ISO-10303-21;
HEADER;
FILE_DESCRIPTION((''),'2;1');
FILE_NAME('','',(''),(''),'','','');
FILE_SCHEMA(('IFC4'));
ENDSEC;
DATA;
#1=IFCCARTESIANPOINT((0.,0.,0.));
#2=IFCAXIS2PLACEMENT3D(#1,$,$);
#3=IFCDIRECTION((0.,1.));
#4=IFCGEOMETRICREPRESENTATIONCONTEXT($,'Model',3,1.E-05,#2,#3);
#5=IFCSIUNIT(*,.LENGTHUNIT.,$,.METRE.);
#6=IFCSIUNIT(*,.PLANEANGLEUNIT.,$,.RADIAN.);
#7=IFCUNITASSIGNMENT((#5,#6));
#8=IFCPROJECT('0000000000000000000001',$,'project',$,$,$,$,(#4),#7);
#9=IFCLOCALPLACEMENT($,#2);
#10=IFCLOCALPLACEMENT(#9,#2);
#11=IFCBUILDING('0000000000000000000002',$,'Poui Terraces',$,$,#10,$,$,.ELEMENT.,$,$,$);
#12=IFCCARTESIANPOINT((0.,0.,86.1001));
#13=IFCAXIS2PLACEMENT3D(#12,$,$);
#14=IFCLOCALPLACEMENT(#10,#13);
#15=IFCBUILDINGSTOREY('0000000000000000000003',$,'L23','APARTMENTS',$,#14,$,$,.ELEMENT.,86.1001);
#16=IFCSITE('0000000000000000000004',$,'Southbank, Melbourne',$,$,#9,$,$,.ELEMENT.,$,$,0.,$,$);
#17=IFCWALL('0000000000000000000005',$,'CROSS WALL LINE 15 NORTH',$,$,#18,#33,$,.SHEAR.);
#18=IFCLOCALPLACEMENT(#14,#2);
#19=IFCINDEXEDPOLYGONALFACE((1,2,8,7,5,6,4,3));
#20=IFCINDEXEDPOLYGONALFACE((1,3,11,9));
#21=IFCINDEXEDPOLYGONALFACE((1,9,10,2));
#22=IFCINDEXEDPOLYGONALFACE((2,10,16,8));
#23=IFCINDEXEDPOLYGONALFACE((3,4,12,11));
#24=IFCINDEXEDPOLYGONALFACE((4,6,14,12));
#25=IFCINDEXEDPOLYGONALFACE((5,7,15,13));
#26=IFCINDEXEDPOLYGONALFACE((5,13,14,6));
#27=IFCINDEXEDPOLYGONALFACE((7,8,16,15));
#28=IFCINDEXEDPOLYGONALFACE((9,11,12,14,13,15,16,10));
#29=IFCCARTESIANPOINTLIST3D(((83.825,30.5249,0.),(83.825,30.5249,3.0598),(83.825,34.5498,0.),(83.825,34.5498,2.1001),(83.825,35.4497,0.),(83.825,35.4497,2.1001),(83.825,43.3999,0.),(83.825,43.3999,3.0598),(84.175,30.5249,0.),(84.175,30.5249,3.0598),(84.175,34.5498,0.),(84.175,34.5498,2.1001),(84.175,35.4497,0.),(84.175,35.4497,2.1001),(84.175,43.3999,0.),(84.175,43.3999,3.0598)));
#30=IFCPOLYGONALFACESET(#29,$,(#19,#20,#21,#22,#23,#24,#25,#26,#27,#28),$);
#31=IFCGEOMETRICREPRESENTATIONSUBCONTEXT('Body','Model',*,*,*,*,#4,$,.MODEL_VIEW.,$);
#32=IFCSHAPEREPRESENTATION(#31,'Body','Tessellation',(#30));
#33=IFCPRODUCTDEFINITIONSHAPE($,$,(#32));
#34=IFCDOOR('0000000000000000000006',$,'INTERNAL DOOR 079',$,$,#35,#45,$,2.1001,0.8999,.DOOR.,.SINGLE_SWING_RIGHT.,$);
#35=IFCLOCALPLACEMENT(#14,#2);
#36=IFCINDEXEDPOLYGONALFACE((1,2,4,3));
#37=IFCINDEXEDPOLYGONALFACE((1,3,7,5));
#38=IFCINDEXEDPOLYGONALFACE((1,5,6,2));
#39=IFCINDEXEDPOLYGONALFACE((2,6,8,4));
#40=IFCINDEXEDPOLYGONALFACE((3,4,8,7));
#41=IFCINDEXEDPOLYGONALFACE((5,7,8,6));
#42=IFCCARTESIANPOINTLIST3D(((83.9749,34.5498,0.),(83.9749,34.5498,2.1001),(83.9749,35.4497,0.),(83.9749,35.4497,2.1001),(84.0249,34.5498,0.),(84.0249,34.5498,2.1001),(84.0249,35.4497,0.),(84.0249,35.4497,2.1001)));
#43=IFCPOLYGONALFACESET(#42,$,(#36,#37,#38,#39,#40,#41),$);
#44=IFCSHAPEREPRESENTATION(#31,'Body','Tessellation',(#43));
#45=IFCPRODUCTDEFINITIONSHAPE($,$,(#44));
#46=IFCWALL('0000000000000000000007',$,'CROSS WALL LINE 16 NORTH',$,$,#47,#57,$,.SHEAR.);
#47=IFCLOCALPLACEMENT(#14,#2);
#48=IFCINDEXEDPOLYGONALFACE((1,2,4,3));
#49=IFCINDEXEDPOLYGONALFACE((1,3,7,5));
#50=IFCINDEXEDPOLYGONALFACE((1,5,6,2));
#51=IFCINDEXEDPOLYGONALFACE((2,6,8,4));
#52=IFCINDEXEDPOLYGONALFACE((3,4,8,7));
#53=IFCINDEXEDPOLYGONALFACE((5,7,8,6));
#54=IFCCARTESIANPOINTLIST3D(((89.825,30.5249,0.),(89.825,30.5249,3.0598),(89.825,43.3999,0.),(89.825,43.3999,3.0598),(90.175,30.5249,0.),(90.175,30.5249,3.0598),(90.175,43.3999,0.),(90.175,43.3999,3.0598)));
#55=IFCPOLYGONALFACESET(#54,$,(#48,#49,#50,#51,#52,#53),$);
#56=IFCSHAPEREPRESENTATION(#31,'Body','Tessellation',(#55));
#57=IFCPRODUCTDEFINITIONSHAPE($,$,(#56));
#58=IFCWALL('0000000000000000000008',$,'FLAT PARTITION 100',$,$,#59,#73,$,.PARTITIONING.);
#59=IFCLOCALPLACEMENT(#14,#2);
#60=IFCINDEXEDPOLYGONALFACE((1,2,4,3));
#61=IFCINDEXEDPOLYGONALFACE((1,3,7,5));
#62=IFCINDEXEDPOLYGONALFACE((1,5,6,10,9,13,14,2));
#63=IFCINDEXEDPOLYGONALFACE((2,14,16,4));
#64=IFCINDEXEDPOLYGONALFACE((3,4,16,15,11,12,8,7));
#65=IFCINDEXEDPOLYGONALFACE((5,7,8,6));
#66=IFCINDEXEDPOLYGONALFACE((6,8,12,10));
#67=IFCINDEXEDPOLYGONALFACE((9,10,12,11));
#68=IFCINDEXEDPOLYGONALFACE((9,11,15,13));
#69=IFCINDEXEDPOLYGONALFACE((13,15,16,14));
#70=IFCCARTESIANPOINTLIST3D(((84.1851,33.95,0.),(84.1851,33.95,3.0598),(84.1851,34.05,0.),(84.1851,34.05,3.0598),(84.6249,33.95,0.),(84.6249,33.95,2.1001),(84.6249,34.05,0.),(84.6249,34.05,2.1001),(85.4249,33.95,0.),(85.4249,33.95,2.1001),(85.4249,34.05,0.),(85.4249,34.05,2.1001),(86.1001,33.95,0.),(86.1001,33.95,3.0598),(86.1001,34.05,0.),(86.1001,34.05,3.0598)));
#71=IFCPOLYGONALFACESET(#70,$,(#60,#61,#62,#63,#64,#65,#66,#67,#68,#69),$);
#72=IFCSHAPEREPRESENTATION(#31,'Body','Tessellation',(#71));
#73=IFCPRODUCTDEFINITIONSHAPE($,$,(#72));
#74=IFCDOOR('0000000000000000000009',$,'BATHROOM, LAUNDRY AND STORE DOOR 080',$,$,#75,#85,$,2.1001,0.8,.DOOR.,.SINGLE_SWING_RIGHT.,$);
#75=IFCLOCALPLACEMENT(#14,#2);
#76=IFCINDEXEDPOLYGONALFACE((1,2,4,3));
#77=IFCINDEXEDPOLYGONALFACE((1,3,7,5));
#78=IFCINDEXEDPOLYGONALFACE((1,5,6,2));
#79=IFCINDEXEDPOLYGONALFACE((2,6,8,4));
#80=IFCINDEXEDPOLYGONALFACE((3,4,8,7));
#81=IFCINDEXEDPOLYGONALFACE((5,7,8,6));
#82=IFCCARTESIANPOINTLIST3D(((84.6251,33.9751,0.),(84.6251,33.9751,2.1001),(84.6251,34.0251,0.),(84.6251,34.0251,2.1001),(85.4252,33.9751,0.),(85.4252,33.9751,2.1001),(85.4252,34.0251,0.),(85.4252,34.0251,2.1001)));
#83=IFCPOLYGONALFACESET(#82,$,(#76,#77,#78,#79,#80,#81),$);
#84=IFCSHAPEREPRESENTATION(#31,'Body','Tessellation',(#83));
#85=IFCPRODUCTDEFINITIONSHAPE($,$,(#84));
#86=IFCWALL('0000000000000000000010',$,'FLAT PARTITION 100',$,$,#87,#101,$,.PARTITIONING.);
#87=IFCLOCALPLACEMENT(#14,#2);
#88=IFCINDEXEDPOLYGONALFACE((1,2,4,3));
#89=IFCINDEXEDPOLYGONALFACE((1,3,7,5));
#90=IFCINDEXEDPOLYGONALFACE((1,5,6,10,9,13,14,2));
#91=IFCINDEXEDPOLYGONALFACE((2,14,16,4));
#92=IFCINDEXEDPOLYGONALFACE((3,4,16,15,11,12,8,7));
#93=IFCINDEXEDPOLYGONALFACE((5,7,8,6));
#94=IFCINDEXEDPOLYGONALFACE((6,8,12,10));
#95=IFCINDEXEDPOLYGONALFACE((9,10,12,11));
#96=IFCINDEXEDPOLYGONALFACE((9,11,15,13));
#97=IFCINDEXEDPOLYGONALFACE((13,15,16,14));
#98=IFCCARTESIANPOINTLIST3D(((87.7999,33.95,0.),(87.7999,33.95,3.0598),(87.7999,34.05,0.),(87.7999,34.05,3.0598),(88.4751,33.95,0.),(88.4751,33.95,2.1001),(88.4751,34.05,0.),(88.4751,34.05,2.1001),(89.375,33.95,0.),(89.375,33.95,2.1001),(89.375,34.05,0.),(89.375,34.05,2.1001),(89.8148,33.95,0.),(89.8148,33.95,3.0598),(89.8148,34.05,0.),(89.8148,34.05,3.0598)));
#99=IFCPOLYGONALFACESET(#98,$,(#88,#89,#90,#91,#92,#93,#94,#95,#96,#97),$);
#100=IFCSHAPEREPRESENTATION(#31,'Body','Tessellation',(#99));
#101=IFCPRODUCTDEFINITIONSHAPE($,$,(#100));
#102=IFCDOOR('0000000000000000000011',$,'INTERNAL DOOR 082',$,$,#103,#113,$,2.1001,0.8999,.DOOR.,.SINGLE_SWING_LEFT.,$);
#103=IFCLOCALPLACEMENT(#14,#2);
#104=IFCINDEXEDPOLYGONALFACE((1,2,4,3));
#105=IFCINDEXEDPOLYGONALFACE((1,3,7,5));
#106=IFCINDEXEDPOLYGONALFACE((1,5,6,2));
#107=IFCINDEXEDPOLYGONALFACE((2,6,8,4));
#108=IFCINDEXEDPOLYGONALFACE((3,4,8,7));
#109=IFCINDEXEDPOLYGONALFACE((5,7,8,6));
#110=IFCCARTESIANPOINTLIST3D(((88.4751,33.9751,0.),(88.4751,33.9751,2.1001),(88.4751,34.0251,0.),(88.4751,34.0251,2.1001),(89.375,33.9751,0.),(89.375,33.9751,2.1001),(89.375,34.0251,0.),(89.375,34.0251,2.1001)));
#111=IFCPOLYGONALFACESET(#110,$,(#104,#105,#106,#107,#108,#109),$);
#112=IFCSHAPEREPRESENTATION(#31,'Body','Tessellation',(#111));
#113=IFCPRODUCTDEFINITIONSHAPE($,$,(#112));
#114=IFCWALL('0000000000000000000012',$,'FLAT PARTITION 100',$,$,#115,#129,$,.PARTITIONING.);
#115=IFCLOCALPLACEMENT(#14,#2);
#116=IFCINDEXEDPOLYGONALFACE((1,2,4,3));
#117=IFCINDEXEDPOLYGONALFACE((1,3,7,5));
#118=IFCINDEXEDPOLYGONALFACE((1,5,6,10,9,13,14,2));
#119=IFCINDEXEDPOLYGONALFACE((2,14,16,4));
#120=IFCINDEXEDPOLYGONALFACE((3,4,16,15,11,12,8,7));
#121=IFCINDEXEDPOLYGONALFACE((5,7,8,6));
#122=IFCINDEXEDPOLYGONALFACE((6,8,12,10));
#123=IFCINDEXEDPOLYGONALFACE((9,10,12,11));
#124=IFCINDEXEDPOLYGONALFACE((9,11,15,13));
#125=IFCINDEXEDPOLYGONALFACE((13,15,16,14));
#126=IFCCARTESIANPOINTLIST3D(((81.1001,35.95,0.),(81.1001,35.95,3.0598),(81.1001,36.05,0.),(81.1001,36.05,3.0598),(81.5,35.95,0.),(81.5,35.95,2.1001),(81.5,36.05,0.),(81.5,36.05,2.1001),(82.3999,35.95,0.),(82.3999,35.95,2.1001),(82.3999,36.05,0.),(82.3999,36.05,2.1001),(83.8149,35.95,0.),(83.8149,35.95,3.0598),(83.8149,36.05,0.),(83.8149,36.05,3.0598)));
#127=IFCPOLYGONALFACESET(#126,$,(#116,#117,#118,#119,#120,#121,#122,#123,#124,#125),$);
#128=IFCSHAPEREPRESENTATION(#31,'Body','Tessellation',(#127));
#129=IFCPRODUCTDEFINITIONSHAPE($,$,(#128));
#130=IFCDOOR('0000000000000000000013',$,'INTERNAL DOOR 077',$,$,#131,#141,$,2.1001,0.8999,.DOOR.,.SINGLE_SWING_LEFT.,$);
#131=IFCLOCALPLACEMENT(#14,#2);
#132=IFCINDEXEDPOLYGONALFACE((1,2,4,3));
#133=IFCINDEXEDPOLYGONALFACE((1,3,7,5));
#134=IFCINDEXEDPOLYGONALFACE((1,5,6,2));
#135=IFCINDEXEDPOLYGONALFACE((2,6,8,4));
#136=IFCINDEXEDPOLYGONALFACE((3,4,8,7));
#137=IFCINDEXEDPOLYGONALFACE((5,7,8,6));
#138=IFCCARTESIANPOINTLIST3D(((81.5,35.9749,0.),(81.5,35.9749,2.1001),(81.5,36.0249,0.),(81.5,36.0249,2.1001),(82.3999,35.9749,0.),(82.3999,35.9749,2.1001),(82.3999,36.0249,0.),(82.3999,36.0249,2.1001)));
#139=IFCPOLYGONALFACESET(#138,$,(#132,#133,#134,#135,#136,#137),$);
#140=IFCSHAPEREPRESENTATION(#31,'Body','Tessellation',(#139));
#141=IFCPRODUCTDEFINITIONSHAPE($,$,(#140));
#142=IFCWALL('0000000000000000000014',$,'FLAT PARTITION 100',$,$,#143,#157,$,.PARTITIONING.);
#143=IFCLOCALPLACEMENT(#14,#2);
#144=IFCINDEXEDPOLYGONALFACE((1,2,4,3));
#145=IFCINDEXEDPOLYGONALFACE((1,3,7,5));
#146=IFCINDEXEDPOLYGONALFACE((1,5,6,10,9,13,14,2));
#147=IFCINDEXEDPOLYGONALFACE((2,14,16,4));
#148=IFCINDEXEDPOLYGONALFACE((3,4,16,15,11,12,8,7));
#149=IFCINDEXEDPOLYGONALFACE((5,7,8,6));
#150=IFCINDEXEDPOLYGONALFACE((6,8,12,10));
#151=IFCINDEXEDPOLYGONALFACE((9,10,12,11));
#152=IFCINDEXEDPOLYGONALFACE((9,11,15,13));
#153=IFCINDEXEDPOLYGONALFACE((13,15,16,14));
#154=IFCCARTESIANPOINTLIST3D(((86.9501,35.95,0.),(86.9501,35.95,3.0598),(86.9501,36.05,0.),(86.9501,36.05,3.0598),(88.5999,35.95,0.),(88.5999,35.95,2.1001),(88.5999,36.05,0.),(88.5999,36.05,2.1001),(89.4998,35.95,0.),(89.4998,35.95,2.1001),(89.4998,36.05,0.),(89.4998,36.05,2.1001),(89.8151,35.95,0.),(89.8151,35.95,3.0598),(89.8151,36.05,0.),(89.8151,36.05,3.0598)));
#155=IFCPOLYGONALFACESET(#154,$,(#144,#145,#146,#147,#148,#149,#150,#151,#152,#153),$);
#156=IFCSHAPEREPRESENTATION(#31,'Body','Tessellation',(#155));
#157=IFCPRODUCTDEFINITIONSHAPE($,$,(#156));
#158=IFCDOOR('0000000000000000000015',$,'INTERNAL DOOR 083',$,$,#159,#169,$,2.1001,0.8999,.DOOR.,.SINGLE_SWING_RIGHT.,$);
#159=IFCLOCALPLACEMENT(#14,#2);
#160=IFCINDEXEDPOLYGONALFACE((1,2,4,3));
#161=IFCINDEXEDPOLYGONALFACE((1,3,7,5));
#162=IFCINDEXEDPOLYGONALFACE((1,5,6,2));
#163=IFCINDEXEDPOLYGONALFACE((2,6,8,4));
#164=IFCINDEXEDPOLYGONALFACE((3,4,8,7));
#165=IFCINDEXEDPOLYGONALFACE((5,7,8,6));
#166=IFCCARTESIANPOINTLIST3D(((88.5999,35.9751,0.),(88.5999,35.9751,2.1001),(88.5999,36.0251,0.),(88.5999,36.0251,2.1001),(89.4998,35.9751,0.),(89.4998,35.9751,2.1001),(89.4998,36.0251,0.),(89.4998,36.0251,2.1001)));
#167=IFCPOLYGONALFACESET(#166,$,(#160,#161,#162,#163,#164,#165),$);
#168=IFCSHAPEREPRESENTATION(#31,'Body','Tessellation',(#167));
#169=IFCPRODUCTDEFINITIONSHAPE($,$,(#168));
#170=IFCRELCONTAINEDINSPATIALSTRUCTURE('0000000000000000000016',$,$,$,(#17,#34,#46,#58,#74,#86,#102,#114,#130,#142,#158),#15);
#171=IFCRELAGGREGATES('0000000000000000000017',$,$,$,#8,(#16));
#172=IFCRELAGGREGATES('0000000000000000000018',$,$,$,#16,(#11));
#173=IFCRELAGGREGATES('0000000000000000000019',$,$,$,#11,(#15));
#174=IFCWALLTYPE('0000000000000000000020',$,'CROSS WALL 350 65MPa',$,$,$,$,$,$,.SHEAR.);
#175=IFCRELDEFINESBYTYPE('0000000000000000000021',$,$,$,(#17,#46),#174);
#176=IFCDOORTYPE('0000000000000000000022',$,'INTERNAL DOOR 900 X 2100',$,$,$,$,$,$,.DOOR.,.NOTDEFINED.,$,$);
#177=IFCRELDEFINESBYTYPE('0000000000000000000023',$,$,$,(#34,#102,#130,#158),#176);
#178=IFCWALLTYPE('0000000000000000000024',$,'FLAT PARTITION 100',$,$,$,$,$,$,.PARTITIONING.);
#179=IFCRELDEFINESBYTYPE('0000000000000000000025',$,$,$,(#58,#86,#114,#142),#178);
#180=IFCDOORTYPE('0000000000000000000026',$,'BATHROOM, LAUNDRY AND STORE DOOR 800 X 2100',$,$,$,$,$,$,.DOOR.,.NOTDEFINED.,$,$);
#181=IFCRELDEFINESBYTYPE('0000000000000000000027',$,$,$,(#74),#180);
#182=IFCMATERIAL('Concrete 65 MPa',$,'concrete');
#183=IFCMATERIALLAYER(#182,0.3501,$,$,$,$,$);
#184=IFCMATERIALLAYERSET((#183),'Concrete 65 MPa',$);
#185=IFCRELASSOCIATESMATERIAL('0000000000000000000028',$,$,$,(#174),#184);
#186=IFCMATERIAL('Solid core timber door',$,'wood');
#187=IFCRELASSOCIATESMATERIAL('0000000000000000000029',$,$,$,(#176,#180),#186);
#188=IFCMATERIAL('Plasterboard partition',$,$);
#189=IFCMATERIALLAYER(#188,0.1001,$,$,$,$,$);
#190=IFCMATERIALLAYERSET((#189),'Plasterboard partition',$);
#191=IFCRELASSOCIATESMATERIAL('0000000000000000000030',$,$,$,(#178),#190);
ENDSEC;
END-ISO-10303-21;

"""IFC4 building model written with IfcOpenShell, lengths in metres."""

from ifc_helpers import new_model, si_unit, direction, frame, frame_2d, origin, place, context, subcontext, project, spatial, rectangle, extrude, material, layer, layer_set, type_object, element, fill, save


model = new_model("IFC4")

# Units and contexts
model_context = context("Model", 3, precision=1e-05, world=origin(), true_north=direction((0.0, 1.0)))
body_context = subcontext(model_context, "Body", "Model", "MODEL_VIEW")
ifc_project = project(units=[si_unit("LENGTHUNIT", "METRE"), si_unit("PLANEANGLEUNIT", "RADIAN")], contexts=[model_context])

# Site, building, storey
site_placement = place(None, origin())
site = spatial("IfcSite", under=ifc_project, at=site_placement, Name="Southbank, Melbourne", CompositionType="ELEMENT", RefElevation=0.0)
building_placement = place(site_placement, origin())
building = spatial("IfcBuilding", under=site, at=building_placement, Name="Poui Terraces", CompositionType="ELEMENT")
storey_placement = place(building_placement, frame((0.0, 0.0, 86.1001)))
storey = spatial("IfcBuildingStorey", under=building, at=storey_placement, Name="L23", Description="APARTMENTS", CompositionType="ELEMENT", Elevation=86.1001)

# Wall, opening, door
ifc_material_1 = material(Name="Concrete 65 MPa", Category="concrete")
ifc_layer_1 = layer(ifc_material_1, 0.3501)
ifc_layer_set_1 = layer_set([ifc_layer_1], Name="Concrete 65 MPa")
wall_type_1 = type_object("IfcWallType", Name="CROSS WALL 350 65MPa", PredefinedType="SHEAR", material=ifc_layer_set_1)
wall_1_placement = place(storey_placement, frame((84.0, 30.5249, 0.0), z_axis=(0.0, 0.0, 1.0), x_axis=(0.0, 1.0, 0.0)))
wall_1 = element("IfcWall", 1, at=wall_1_placement, inside=storey, type_object=wall_type_1, Name="CROSS WALL LINE 15 NORTH", PredefinedType="SHEAR", context=body_context, shape_type="SweptSolid", body=[
    extrude(rectangle(XDim=12.875, YDim=0.3501, at=frame_2d((6.4375, 0.0))), origin(), (0.0, 0.0, 1.0), 3.0598),
])
opening_1_placement = place(wall_1_placement, frame((4.0249, 0.0, 0.0)))
opening_1 = element("IfcOpeningElement", 2, at=opening_1_placement, cuts=wall_1, PredefinedType="OPENING", context=body_context, shape_type="SweptSolid", body=[
    extrude(rectangle(XDim=0.8999, YDim=2.1001, at=frame_2d((0.45, 1.05))), frame((0.0, 0.1851, 0.0), z_axis=(0.0, -1.0, 0.0), x_axis=(1.0, 0.0, 0.0)), (0.0, 0.0, 1.0), 0.3701),
])
ifc_material_2 = material(Name="Solid core timber door", Category="wood")
door_type_1 = type_object("IfcDoorType", Name="INTERNAL DOOR 900 X 2100", OperationType="NOTDEFINED", PredefinedType="DOOR", material=ifc_material_2)
door_1_placement = place(opening_1_placement, frame((0.8999, 0.0, 0.0), z_axis=(0.0, 0.0, 1.0), x_axis=(-1.0, 0.0, 0.0)))
door_1 = element("IfcDoor", 3, at=door_1_placement, inside=storey, type_object=door_type_1, Name="INTERNAL DOOR 079", OperationType="SINGLE_SWING_RIGHT", OverallHeight=2.1001, OverallWidth=0.8999, PredefinedType="DOOR", context=body_context, shape_type="SweptSolid", body=[
    extrude(rectangle(XDim=0.8999, YDim=2.1001, at=frame_2d((0.45, 1.05))), frame((0.0, 0.0249, 0.0), z_axis=(0.0, -1.0, 0.0), x_axis=(1.0, 0.0, 0.0)), (0.0, 0.0, 1.0), 0.05),
])
fill(opening_1, door_1)

# Wall
wall_2_placement = place(storey_placement, frame((90.0, 30.5249, 0.0), z_axis=(0.0, 0.0, 1.0), x_axis=(0.0, 1.0, 0.0)))
element("IfcWall", 4, at=wall_2_placement, inside=storey, type_object=wall_type_1, Name="CROSS WALL LINE 16 NORTH", PredefinedType="SHEAR", context=body_context, shape_type="SweptSolid", body=[
    extrude(rectangle(XDim=12.875, YDim=0.3501, at=frame_2d((6.4375, 0.0))), origin(), (0.0, 0.0, 1.0), 3.0598),
])

# Walls, openings, doors
ifc_material_3 = material(Name="Plasterboard partition")
ifc_layer_2 = layer(ifc_material_3, 0.1001)
ifc_layer_set_2 = layer_set([ifc_layer_2], Name="Plasterboard partition")
wall_type_2 = type_object("IfcWallType", Name="FLAT PARTITION 100", PredefinedType="PARTITIONING", material=ifc_layer_set_2)
wall_3_placement = place(storey_placement, frame((84.1851, 34.0, 0.0), z_axis=(0.0, 0.0, 1.0), x_axis=(1.0, 0.0, 0.0)))
wall_3 = element("IfcWall", 5, at=wall_3_placement, inside=storey, type_object=wall_type_2, Name="FLAT PARTITION 100", PredefinedType="PARTITIONING", context=body_context, shape_type="SweptSolid", body=[
    extrude(rectangle(XDim=1.915, YDim=0.1001, at=frame_2d((0.9575, 0.0))), origin(), (0.0, 0.0, 1.0), 3.0598),
])
opening_2_placement = place(wall_3_placement, frame((0.4399, 0.0, 0.0)))
opening_2 = element("IfcOpeningElement", 6, at=opening_2_placement, cuts=wall_3, PredefinedType="OPENING", context=body_context, shape_type="SweptSolid", body=[
    extrude(rectangle(XDim=0.8, YDim=2.1001, at=frame_2d((0.3999, 1.05))), frame((0.0, 0.0601, 0.0), z_axis=(0.0, -1.0, 0.0), x_axis=(1.0, 0.0, 0.0)), (0.0, 0.0, 1.0), 0.1201),
])
door_type_2 = type_object("IfcDoorType", Name="BATHROOM, LAUNDRY AND STORE DOOR 800 X 2100", OperationType="NOTDEFINED", PredefinedType="DOOR", material=ifc_material_2)
door_2_placement = place(opening_2_placement, frame((0.8, 0.0, 0.0), z_axis=(0.0, 0.0, 1.0), x_axis=(-1.0, 0.0, 0.0)))
door_2 = element("IfcDoor", 7, at=door_2_placement, inside=storey, type_object=door_type_2, Name="BATHROOM, LAUNDRY AND STORE DOOR 080", OperationType="SINGLE_SWING_RIGHT", OverallHeight=2.1001, OverallWidth=0.8, PredefinedType="DOOR", context=body_context, shape_type="SweptSolid", body=[
    extrude(rectangle(XDim=0.8, YDim=2.1001, at=frame_2d((0.3999, 1.05))), frame((0.0, 0.0249, 0.0), z_axis=(0.0, -1.0, 0.0), x_axis=(1.0, 0.0, 0.0)), (0.0, 0.0, 1.0), 0.05),
])
fill(opening_2, door_2)
wall_4_placement = place(storey_placement, frame((87.8, 34.0, 0.0), z_axis=(0.0, 0.0, 1.0), x_axis=(1.0, 0.0, 0.0)))
wall_4 = element("IfcWall", 8, at=wall_4_placement, inside=storey, type_object=wall_type_2, Name="FLAT PARTITION 100", PredefinedType="PARTITIONING", context=body_context, shape_type="SweptSolid", body=[
    extrude(rectangle(XDim=2.0149, YDim=0.1001, at=frame_2d((1.0073, 0.0))), origin(), (0.0, 0.0, 1.0), 3.0598),
])
opening_3_placement = place(wall_4_placement, frame((0.675, 0.0, 0.0)))
opening_3 = element("IfcOpeningElement", 9, at=opening_3_placement, cuts=wall_4, PredefinedType="OPENING", context=body_context, shape_type="SweptSolid", body=[
    extrude(rectangle(XDim=0.8999, YDim=2.1001, at=frame_2d((0.45, 1.05))), frame((0.0, 0.0601, 0.0), z_axis=(0.0, -1.0, 0.0), x_axis=(1.0, 0.0, 0.0)), (0.0, 0.0, 1.0), 0.1201),
])
door_3_placement = place(opening_3_placement, frame((0.8999, 0.0, 0.0), z_axis=(0.0, 0.0, 1.0), x_axis=(-1.0, 0.0, 0.0)))
door_3 = element("IfcDoor", 10, at=door_3_placement, inside=storey, type_object=door_type_1, Name="INTERNAL DOOR 082", OperationType="SINGLE_SWING_LEFT", OverallHeight=2.1001, OverallWidth=0.8999, PredefinedType="DOOR", context=body_context, shape_type="SweptSolid", body=[
    extrude(rectangle(XDim=0.8999, YDim=2.1001, at=frame_2d((0.45, 1.05))), frame((0.0, 0.0249, 0.0), z_axis=(0.0, -1.0, 0.0), x_axis=(1.0, 0.0, 0.0)), (0.0, 0.0, 1.0), 0.05),
])
fill(opening_3, door_3)
wall_5_placement = place(storey_placement, frame((81.1001, 36.0, 0.0), z_axis=(0.0, 0.0, 1.0), x_axis=(1.0, 0.0, 0.0)))
wall_5 = element("IfcWall", 11, at=wall_5_placement, inside=storey, type_object=wall_type_2, Name="FLAT PARTITION 100", PredefinedType="PARTITIONING", context=body_context, shape_type="SweptSolid", body=[
    extrude(rectangle(XDim=2.7148, YDim=0.1001, at=frame_2d((1.3574, 0.0))), origin(), (0.0, 0.0, 1.0), 3.0598),
])
opening_4_placement = place(wall_5_placement, frame((0.3999, 0.0, 0.0)))
opening_4 = element("IfcOpeningElement", 12, at=opening_4_placement, cuts=wall_5, PredefinedType="OPENING", context=body_context, shape_type="SweptSolid", body=[
    extrude(rectangle(XDim=0.8999, YDim=2.1001, at=frame_2d((0.45, 1.05))), frame((0.0, 0.0601, 0.0), z_axis=(0.0, -1.0, 0.0), x_axis=(1.0, 0.0, 0.0)), (0.0, 0.0, 1.0), 0.1201),
])
door_4_placement = place(opening_4_placement, origin())
door_4 = element("IfcDoor", 13, at=door_4_placement, inside=storey, type_object=door_type_1, Name="INTERNAL DOOR 077", OperationType="SINGLE_SWING_LEFT", OverallHeight=2.1001, OverallWidth=0.8999, PredefinedType="DOOR", context=body_context, shape_type="SweptSolid", body=[
    extrude(rectangle(XDim=0.8999, YDim=2.1001, at=frame_2d((0.45, 1.05))), frame((0.0, 0.0249, 0.0), z_axis=(0.0, -1.0, 0.0), x_axis=(1.0, 0.0, 0.0)), (0.0, 0.0, 1.0), 0.05),
])
fill(opening_4, door_4)
wall_6_placement = place(storey_placement, frame((86.95, 36.0, 0.0), z_axis=(0.0, 0.0, 1.0), x_axis=(1.0, 0.0, 0.0)))
wall_6 = element("IfcWall", 14, at=wall_6_placement, inside=storey, type_object=wall_type_2, Name="FLAT PARTITION 100", PredefinedType="PARTITIONING", context=body_context, shape_type="SweptSolid", body=[
    extrude(rectangle(XDim=2.865, YDim=0.1001, at=frame_2d((1.4326, 0.0))), origin(), (0.0, 0.0, 1.0), 3.0598),
])
opening_5_placement = place(wall_6_placement, frame((1.6499, 0.0, 0.0)))
opening_5 = element("IfcOpeningElement", 15, at=opening_5_placement, cuts=wall_6, PredefinedType="OPENING", context=body_context, shape_type="SweptSolid", body=[
    extrude(rectangle(XDim=0.8999, YDim=2.1001, at=frame_2d((0.45, 1.05))), frame((0.0, 0.0601, 0.0), z_axis=(0.0, -1.0, 0.0), x_axis=(1.0, 0.0, 0.0)), (0.0, 0.0, 1.0), 0.1201),
])
door_5_placement = place(opening_5_placement, frame((0.8999, 0.0, 0.0), z_axis=(0.0, 0.0, 1.0), x_axis=(-1.0, 0.0, 0.0)))
door_5 = element("IfcDoor", 16, at=door_5_placement, inside=storey, type_object=door_type_1, Name="INTERNAL DOOR 083", OperationType="SINGLE_SWING_RIGHT", OverallHeight=2.1001, OverallWidth=0.8999, PredefinedType="DOOR", context=body_context, shape_type="SweptSolid", body=[
    extrude(rectangle(XDim=0.8999, YDim=2.1001, at=frame_2d((0.45, 1.05))), frame((0.0, 0.0249, 0.0), z_axis=(0.0, -1.0, 0.0), x_axis=(1.0, 0.0, 0.0)), (0.0, 0.0, 1.0), 0.05),
])
fill(opening_5, door_5)

save(model, "model.ifc")
